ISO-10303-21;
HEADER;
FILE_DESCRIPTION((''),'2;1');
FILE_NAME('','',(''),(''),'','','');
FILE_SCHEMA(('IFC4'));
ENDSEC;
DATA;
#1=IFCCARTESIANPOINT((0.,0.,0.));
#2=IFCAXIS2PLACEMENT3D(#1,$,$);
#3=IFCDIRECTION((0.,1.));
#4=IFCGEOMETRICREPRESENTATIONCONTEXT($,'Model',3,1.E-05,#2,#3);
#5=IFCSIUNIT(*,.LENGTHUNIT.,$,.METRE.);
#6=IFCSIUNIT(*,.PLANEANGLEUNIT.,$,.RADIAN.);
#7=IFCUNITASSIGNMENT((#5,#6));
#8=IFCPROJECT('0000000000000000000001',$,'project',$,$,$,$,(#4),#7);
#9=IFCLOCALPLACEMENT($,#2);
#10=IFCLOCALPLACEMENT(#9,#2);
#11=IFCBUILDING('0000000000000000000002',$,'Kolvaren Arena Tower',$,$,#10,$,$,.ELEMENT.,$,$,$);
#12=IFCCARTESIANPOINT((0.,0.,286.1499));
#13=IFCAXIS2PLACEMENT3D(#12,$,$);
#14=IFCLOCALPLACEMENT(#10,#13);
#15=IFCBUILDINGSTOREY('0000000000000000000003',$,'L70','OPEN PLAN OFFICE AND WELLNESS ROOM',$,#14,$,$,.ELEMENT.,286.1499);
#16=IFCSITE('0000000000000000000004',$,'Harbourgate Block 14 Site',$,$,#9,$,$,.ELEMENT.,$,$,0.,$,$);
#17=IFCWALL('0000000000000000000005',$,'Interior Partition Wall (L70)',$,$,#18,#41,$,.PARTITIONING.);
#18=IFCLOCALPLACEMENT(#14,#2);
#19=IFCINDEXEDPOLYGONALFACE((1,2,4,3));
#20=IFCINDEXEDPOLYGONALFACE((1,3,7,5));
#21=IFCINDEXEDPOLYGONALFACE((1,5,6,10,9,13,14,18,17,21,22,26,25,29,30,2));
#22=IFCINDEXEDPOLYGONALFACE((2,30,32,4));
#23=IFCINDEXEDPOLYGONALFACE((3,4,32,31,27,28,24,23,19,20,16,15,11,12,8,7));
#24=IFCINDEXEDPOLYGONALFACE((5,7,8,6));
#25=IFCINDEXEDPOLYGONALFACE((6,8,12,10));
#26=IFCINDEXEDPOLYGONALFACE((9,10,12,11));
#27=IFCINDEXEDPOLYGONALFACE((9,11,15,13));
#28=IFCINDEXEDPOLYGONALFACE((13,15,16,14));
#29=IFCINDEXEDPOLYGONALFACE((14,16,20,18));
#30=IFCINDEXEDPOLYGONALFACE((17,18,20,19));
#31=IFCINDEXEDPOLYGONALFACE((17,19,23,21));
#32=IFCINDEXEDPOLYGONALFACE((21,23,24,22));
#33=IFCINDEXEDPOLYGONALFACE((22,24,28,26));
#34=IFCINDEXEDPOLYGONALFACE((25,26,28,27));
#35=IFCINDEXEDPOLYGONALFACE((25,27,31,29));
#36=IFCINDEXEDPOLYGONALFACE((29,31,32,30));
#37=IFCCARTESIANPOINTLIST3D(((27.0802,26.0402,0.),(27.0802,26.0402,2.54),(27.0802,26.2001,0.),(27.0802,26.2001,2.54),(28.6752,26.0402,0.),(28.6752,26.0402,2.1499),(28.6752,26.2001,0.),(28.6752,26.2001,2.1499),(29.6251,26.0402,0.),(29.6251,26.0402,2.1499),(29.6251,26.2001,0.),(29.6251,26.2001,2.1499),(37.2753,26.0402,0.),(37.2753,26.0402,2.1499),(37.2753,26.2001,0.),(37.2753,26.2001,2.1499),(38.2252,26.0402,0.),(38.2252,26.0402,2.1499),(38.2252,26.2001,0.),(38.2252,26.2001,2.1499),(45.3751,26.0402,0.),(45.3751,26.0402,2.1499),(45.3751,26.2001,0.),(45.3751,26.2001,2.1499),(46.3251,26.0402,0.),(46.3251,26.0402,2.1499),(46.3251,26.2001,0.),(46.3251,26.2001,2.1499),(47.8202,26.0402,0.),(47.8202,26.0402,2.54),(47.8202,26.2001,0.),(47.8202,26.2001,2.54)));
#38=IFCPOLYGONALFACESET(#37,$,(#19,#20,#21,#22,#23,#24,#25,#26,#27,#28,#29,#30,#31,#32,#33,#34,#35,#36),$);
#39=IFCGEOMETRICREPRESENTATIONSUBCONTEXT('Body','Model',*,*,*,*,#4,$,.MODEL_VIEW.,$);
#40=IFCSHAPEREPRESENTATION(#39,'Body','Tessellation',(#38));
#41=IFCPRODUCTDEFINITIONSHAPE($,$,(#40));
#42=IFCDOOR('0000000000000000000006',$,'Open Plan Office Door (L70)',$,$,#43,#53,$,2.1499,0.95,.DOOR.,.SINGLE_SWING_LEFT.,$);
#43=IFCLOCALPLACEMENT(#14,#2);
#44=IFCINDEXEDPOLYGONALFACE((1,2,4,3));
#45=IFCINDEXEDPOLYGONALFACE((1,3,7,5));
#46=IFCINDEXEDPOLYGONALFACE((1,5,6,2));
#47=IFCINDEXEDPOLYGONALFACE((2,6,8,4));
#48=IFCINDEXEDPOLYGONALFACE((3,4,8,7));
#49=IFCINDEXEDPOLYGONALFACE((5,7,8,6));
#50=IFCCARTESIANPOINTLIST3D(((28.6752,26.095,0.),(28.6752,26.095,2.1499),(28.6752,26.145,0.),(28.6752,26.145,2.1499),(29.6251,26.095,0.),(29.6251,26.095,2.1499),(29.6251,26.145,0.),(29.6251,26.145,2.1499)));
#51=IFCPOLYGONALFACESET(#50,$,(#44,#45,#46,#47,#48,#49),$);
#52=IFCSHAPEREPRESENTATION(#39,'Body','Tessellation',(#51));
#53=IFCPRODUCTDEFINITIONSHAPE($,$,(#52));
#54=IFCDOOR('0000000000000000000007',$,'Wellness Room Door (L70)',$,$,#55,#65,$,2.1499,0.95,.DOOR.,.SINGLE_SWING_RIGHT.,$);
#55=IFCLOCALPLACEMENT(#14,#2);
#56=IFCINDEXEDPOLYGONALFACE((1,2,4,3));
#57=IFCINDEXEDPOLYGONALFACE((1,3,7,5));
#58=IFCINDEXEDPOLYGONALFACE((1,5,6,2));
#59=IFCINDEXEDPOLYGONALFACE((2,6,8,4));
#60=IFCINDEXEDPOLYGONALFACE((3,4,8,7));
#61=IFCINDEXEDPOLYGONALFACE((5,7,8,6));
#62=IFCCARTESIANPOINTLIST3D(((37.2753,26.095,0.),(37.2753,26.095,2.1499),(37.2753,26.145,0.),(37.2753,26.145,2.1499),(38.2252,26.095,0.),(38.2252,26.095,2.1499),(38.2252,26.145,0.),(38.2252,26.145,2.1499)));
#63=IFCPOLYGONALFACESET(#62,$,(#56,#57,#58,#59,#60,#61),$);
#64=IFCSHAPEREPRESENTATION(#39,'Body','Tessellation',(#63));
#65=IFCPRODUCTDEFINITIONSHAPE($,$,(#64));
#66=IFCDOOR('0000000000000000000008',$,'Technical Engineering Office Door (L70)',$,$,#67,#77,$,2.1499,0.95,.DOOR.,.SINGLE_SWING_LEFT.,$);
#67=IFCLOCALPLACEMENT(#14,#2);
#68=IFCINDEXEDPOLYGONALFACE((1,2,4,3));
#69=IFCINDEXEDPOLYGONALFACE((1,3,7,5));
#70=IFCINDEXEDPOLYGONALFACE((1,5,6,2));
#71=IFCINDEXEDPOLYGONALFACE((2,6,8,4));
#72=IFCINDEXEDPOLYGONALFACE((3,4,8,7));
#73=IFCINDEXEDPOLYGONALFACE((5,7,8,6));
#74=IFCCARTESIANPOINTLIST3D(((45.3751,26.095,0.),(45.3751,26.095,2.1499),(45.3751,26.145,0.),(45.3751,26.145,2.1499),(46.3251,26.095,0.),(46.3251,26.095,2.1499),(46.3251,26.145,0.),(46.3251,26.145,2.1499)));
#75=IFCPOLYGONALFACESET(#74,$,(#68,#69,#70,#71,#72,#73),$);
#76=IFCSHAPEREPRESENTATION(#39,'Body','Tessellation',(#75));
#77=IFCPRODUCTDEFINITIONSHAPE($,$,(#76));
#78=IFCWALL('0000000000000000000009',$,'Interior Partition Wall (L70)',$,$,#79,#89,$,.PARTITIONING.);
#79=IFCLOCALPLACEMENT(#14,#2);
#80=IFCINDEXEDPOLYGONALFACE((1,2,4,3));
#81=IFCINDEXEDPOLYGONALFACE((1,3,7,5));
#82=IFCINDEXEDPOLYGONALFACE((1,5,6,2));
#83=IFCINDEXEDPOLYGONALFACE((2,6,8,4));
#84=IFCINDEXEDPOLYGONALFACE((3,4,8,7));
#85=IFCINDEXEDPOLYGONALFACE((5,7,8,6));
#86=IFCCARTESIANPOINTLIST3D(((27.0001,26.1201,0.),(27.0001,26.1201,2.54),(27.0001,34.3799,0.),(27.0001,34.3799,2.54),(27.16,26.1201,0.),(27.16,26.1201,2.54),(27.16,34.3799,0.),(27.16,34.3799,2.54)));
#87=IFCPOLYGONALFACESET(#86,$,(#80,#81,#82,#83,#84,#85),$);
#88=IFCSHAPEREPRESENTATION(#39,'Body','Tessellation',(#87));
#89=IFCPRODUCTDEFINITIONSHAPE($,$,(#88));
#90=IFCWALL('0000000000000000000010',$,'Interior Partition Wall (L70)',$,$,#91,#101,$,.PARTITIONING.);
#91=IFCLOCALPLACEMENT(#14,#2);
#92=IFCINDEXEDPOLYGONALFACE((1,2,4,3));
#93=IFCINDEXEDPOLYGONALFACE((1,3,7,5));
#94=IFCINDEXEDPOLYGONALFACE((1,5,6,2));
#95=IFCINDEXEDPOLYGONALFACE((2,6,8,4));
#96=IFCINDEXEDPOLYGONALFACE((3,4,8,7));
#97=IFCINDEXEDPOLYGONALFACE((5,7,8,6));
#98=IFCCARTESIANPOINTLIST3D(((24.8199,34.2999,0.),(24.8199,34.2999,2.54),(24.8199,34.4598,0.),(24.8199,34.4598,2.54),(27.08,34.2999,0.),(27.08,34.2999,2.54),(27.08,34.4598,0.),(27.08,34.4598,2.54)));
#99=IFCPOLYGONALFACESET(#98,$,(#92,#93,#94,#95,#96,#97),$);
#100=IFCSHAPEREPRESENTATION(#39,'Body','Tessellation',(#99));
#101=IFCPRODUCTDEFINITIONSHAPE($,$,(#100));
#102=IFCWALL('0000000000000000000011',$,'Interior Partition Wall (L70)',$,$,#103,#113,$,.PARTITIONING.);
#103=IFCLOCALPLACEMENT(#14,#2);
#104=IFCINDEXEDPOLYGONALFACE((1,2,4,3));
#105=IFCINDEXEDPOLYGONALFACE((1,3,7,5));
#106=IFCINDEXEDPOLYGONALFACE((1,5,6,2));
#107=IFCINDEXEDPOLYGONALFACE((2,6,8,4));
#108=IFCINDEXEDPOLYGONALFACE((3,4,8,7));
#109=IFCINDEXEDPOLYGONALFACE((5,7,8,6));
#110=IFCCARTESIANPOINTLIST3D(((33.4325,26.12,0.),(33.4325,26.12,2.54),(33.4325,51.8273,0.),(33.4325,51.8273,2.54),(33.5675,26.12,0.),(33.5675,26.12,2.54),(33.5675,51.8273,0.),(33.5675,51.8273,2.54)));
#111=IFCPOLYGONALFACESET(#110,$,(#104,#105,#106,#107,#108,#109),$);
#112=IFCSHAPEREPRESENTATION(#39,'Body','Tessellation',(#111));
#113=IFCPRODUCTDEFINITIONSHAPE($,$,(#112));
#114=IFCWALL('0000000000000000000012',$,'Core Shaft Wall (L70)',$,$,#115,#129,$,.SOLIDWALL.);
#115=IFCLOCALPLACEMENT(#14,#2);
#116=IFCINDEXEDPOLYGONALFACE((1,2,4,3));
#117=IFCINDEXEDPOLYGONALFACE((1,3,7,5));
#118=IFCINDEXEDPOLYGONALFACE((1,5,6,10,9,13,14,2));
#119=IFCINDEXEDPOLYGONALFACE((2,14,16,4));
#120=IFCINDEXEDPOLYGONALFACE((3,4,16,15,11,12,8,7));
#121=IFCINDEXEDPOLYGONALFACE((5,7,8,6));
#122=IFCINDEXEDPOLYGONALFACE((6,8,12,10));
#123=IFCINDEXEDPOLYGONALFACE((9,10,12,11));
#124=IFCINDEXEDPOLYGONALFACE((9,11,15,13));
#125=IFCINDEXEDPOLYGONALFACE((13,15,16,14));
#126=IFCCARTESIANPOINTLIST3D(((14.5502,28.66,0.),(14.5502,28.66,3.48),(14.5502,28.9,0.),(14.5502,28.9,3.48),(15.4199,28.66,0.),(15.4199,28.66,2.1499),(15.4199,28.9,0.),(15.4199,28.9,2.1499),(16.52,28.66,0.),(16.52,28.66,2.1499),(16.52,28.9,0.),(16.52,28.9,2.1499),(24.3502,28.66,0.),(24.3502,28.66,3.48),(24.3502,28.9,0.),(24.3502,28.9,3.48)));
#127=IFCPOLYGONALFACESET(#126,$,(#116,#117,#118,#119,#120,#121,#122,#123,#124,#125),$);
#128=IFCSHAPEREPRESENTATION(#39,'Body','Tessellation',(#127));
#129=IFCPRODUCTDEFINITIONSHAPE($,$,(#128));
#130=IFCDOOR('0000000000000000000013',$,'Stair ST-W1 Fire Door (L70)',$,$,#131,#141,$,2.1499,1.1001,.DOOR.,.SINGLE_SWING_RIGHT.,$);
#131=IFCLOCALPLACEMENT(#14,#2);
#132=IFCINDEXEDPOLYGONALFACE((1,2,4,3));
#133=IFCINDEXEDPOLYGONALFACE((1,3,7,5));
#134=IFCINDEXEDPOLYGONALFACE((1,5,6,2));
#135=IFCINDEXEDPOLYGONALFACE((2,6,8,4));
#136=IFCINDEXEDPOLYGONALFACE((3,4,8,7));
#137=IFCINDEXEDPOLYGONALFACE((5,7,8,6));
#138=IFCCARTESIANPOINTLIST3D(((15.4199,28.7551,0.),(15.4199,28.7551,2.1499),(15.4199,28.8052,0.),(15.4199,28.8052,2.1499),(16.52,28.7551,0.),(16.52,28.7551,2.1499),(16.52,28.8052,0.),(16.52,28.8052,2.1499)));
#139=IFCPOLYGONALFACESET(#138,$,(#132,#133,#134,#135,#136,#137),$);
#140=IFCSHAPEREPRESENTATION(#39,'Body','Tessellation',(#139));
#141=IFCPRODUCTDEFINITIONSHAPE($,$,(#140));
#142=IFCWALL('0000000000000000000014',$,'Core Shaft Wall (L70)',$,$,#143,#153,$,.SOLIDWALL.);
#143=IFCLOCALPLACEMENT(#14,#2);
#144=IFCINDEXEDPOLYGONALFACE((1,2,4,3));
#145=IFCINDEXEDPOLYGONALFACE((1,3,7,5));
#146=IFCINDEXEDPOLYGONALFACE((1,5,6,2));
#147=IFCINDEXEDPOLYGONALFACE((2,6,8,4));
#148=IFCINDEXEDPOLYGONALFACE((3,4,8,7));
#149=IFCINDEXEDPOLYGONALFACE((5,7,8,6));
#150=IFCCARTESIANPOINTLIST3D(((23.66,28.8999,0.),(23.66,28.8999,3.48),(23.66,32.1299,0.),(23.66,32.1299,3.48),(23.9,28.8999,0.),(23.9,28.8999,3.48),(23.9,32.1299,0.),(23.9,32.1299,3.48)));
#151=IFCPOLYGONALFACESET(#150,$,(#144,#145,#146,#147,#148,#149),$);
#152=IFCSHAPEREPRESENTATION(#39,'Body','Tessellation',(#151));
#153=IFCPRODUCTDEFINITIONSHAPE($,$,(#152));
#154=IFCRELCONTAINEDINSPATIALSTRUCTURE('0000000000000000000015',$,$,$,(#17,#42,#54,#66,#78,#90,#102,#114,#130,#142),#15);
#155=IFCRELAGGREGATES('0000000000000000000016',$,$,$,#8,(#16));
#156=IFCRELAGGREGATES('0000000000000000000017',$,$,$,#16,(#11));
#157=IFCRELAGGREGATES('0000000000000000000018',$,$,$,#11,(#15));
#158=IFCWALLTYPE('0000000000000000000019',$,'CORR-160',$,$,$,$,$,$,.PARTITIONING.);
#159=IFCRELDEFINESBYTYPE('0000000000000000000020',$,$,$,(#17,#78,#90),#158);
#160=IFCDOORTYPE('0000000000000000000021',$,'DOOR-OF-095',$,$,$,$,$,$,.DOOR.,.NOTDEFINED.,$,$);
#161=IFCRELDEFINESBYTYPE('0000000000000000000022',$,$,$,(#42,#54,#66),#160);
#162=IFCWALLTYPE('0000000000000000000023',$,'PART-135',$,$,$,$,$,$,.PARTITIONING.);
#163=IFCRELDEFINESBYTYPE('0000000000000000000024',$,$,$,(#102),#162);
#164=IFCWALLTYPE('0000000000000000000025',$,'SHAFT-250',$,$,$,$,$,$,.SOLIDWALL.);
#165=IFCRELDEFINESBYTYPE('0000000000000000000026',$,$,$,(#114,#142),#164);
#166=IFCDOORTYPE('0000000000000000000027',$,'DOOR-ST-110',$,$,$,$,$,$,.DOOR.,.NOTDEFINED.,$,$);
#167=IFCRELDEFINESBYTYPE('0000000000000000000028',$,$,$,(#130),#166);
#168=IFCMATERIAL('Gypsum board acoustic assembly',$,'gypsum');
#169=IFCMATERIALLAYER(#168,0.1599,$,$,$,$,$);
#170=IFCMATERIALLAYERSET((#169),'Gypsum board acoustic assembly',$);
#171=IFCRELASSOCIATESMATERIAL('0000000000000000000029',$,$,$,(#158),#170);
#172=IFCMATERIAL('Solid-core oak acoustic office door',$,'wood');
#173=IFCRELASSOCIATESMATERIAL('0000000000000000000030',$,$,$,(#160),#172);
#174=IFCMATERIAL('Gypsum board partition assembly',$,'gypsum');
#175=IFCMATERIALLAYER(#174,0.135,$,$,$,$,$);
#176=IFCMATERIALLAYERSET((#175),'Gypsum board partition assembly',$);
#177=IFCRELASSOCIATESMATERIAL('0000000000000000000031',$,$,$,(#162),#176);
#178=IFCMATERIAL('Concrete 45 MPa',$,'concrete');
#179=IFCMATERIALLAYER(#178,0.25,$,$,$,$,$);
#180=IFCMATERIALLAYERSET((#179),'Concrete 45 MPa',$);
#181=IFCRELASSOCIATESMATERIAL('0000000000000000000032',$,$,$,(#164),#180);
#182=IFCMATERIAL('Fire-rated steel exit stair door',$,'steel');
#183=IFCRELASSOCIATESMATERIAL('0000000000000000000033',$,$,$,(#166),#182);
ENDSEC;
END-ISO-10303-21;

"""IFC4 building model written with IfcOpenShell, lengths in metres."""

from ifc_helpers import new_model, si_unit, direction, frame, frame_2d, origin, place, context, subcontext, project, spatial, rectangle, extrude, material, layer, layer_set, type_object, element, fill, save


model = new_model("IFC4")

# Units and contexts
model_context = context("Model", 3, precision=1e-05, world=origin(), true_north=direction((0.0, 1.0)))
body_context = subcontext(model_context, "Body", "Model", "MODEL_VIEW")
ifc_project = project(units=[si_unit("LENGTHUNIT", "METRE"), si_unit("PLANEANGLEUNIT", "RADIAN")], contexts=[model_context])

# Site, building, storey
site_placement = place(None, origin())
site = spatial("IfcSite", under=ifc_project, at=site_placement, Name="Harbourgate Block 14 Site", CompositionType="ELEMENT", RefElevation=0.0)
building_placement = place(site_placement, origin())
building = spatial("IfcBuilding", under=site, at=building_placement, Name="Kolvaren Arena Tower", CompositionType="ELEMENT")
storey_placement = place(building_placement, frame((0.0, 0.0, 286.1499)))
storey = spatial("IfcBuildingStorey", under=building, at=storey_placement, Name="L70", Description="OPEN PLAN OFFICE AND WELLNESS ROOM", CompositionType="ELEMENT", Elevation=286.1499)

# Wall, openings, doors
ifc_material_1 = material(Name="Gypsum board acoustic assembly", Category="gypsum")
ifc_layer_1 = layer(ifc_material_1, 0.1599)
ifc_layer_set_1 = layer_set([ifc_layer_1], Name="Gypsum board acoustic assembly")
wall_type_1 = type_object("IfcWallType", Name="CORR-160", PredefinedType="PARTITIONING", material=ifc_layer_set_1)
wall_1_placement = place(storey_placement, frame((27.0801, 26.1201, 0.0), z_axis=(0.0, 0.0, 1.0), x_axis=(1.0, 0.0, 0.0)))
wall_1 = element("IfcWall", 1, at=wall_1_placement, inside=storey, type_object=wall_type_1, Name="Interior Partition Wall (L70)", PredefinedType="PARTITIONING", context=body_context, shape_type="SweptSolid", body=[
    extrude(rectangle(XDim=20.74, YDim=0.1599, at=frame_2d((10.3701, 0.0))), origin(), (0.0, 0.0, 1.0), 2.54),
])
opening_1_placement = place(wall_1_placement, frame((1.595, 0.0, 0.0)))
opening_1 = element("IfcOpeningElement", 2, at=opening_1_placement, cuts=wall_1, PredefinedType="OPENING", context=body_context, shape_type="SweptSolid", body=[
    extrude(rectangle(XDim=0.95, YDim=2.1499, at=frame_2d((0.4751, 1.075))), frame((0.0, 0.0898, 0.0), z_axis=(0.0, -1.0, 0.0), x_axis=(1.0, 0.0, 0.0)), (0.0, 0.0, 1.0), 0.1799),
])
opening_2_placement = place(wall_1_placement, frame((10.1951, 0.0, 0.0)))
opening_2 = element("IfcOpeningElement", 3, at=opening_2_placement, cuts=wall_1, PredefinedType="OPENING", context=body_context, shape_type="SweptSolid", body=[
    extrude(rectangle(XDim=0.95, YDim=2.1499, at=frame_2d((0.4751, 1.075))), frame((0.0, 0.0898, 0.0), z_axis=(0.0, -1.0, 0.0), x_axis=(1.0, 0.0, 0.0)), (0.0, 0.0, 1.0), 0.1799),
])
opening_3_placement = place(wall_1_placement, frame((18.2949, 0.0, 0.0)))
opening_3 = element("IfcOpeningElement", 4, at=opening_3_placement, cuts=wall_1, PredefinedType="OPENING", context=body_context, shape_type="SweptSolid", body=[
    extrude(rectangle(XDim=0.95, YDim=2.1499, at=frame_2d((0.4751, 1.075))), frame((0.0, 0.0898, 0.0), z_axis=(0.0, -1.0, 0.0), x_axis=(1.0, 0.0, 0.0)), (0.0, 0.0, 1.0), 0.1799),
])
ifc_material_2 = material(Name="Solid-core oak acoustic office door", Category="wood")
door_type_1 = type_object("IfcDoorType", Name="DOOR-OF-095", OperationType="NOTDEFINED", PredefinedType="DOOR", material=ifc_material_2)
door_1_placement = place(opening_1_placement, origin())
door_1 = element("IfcDoor", 5, at=door_1_placement, inside=storey, type_object=door_type_1, Name="Open Plan Office Door (L70)", OperationType="SINGLE_SWING_LEFT", OverallHeight=2.1499, OverallWidth=0.95, PredefinedType="DOOR", context=body_context, shape_type="SweptSolid", body=[
    extrude(rectangle(XDim=0.95, YDim=2.1499, at=frame_2d((0.4751, 1.075))), frame((0.0, 0.0249, 0.0), z_axis=(0.0, -1.0, 0.0), x_axis=(1.0, 0.0, 0.0)), (0.0, 0.0, 1.0), 0.05),
])
fill(opening_1, door_1)
door_2_placement = place(opening_2_placement, origin())
door_2 = element("IfcDoor", 6, at=door_2_placement, inside=storey, type_object=door_type_1, Name="Wellness Room Door (L70)", OperationType="SINGLE_SWING_RIGHT", OverallHeight=2.1499, OverallWidth=0.95, PredefinedType="DOOR", context=body_context, shape_type="SweptSolid", body=[
    extrude(rectangle(XDim=0.95, YDim=2.1499, at=frame_2d((0.4751, 1.075))), frame((0.0, 0.0249, 0.0), z_axis=(0.0, -1.0, 0.0), x_axis=(1.0, 0.0, 0.0)), (0.0, 0.0, 1.0), 0.05),
])
fill(opening_2, door_2)
door_3_placement = place(opening_3_placement, origin())
door_3 = element("IfcDoor", 7, at=door_3_placement, inside=storey, type_object=door_type_1, Name="Technical Engineering Office Door (L70)", OperationType="SINGLE_SWING_LEFT", OverallHeight=2.1499, OverallWidth=0.95, PredefinedType="DOOR", context=body_context, shape_type="SweptSolid", body=[
    extrude(rectangle(XDim=0.95, YDim=2.1499, at=frame_2d((0.4751, 1.075))), frame((0.0, 0.0249, 0.0), z_axis=(0.0, -1.0, 0.0), x_axis=(1.0, 0.0, 0.0)), (0.0, 0.0, 1.0), 0.05),
])
fill(opening_3, door_3)

# Walls
wall_2_placement = place(storey_placement, frame((27.0801, 26.1201, 0.0), z_axis=(0.0, 0.0, 1.0), x_axis=(0.0, 1.0, 0.0)))
element("IfcWall", 8, at=wall_2_placement, inside=storey, type_object=wall_type_1, Name="Interior Partition Wall (L70)", PredefinedType="PARTITIONING", context=body_context, shape_type="SweptSolid", body=[
    extrude(rectangle(XDim=8.2598, YDim=0.1599, at=frame_2d((4.1299, 0.0))), origin(), (0.0, 0.0, 1.0), 2.54),
])
wall_3_placement = place(storey_placement, frame((24.8201, 34.3799, 0.0), z_axis=(0.0, 0.0, 1.0), x_axis=(1.0, 0.0, 0.0)))
element("IfcWall", 9, at=wall_3_placement, inside=storey, type_object=wall_type_1, Name="Interior Partition Wall (L70)", PredefinedType="PARTITIONING", context=body_context, shape_type="SweptSolid", body=[
    extrude(rectangle(XDim=2.26, YDim=0.1599, at=frame_2d((1.1299, 0.0))), origin(), (0.0, 0.0, 1.0), 2.54),
])
ifc_material_3 = material(Name="Gypsum board partition assembly", Category="gypsum")
ifc_layer_2 = layer(ifc_material_3, 0.135)
ifc_layer_set_2 = layer_set([ifc_layer_2], Name="Gypsum board partition assembly")
wall_type_2 = type_object("IfcWallType", Name="PART-135", PredefinedType="PARTITIONING", material=ifc_layer_set_2)
wall_4_placement = place(storey_placement, frame((33.5, 26.1201, 0.0), z_axis=(0.0, 0.0, 1.0), x_axis=(0.0, 1.0, 0.0)))
element("IfcWall", 10, at=wall_4_placement, inside=storey, type_object=wall_type_2, Name="Interior Partition Wall (L70)", PredefinedType="PARTITIONING", context=body_context, shape_type="SweptSolid", body=[
    extrude(rectangle(XDim=25.7073, YDim=0.135, at=frame_2d((12.8535, 0.0))), origin(), (0.0, 0.0, 1.0), 2.54),
])

# Wall, opening, door
ifc_material_4 = material(Name="Concrete 45 MPa", Category="concrete")
ifc_layer_3 = layer(ifc_material_4, 0.25)
ifc_layer_set_3 = layer_set([ifc_layer_3], Name="Concrete 45 MPa")
wall_type_3 = type_object("IfcWallType", Name="SHAFT-250", PredefinedType="SOLIDWALL", material=ifc_layer_set_3)
wall_5_placement = place(storey_placement, frame((24.3501, 28.78, 0.0), z_axis=(0.0, 0.0, 1.0), x_axis=(-1.0, 0.0, 0.0)))
wall_5 = element("IfcWall", 11, at=wall_5_placement, inside=storey, type_object=wall_type_3, Name="Core Shaft Wall (L70)", PredefinedType="SOLIDWALL", context=body_context, shape_type="SweptSolid", body=[
    extrude(rectangle(XDim=9.8, YDim=0.24, at=frame_2d((4.8999, 0.0))), origin(), (0.0, 0.0, 1.0), 3.48),
])
opening_4_placement = place(wall_5_placement, frame((7.8301, 0.0, 0.0)))
opening_4 = element("IfcOpeningElement", 12, at=opening_4_placement, cuts=wall_5, PredefinedType="OPENING", context=body_context, shape_type="SweptSolid", body=[
    extrude(rectangle(XDim=1.1001, YDim=2.1499, at=frame_2d((0.55, 1.075))), frame((0.0, 0.1299, 0.0), z_axis=(0.0, -1.0, 0.0), x_axis=(1.0, 0.0, 0.0)), (0.0, 0.0, 1.0), 0.26),
])
ifc_material_5 = material(Name="Fire-rated steel exit stair door", Category="steel")
door_type_2 = type_object("IfcDoorType", Name="DOOR-ST-110", OperationType="NOTDEFINED", PredefinedType="DOOR", material=ifc_material_5)
door_4_placement = place(opening_4_placement, origin())
door_4 = element("IfcDoor", 13, at=door_4_placement, inside=storey, type_object=door_type_2, Name="Stair ST-W1 Fire Door (L70)", OperationType="SINGLE_SWING_RIGHT", OverallHeight=2.1499, OverallWidth=1.1001, PredefinedType="DOOR", context=body_context, shape_type="SweptSolid", body=[
    extrude(rectangle(XDim=1.1001, YDim=2.1499, at=frame_2d((0.55, 1.075))), frame((0.0, 0.0249, 0.0), z_axis=(0.0, -1.0, 0.0), x_axis=(1.0, 0.0, 0.0)), (0.0, 0.0, 1.0), 0.05),
])
fill(opening_4, door_4)

# Wall
wall_6_placement = place(storey_placement, frame((23.78, 28.8999, 0.0), z_axis=(0.0, 0.0, 1.0), x_axis=(0.0, 1.0, 0.0)))
element("IfcWall", 14, at=wall_6_placement, inside=storey, type_object=wall_type_3, Name="Core Shaft Wall (L70)", PredefinedType="SOLIDWALL", context=body_context, shape_type="SweptSolid", body=[
    extrude(rectangle(XDim=3.23, YDim=0.24, at=frame_2d((1.615, 0.0))), origin(), (0.0, 0.0, 1.0), 3.48),
])

save(model, "model.ifc")
